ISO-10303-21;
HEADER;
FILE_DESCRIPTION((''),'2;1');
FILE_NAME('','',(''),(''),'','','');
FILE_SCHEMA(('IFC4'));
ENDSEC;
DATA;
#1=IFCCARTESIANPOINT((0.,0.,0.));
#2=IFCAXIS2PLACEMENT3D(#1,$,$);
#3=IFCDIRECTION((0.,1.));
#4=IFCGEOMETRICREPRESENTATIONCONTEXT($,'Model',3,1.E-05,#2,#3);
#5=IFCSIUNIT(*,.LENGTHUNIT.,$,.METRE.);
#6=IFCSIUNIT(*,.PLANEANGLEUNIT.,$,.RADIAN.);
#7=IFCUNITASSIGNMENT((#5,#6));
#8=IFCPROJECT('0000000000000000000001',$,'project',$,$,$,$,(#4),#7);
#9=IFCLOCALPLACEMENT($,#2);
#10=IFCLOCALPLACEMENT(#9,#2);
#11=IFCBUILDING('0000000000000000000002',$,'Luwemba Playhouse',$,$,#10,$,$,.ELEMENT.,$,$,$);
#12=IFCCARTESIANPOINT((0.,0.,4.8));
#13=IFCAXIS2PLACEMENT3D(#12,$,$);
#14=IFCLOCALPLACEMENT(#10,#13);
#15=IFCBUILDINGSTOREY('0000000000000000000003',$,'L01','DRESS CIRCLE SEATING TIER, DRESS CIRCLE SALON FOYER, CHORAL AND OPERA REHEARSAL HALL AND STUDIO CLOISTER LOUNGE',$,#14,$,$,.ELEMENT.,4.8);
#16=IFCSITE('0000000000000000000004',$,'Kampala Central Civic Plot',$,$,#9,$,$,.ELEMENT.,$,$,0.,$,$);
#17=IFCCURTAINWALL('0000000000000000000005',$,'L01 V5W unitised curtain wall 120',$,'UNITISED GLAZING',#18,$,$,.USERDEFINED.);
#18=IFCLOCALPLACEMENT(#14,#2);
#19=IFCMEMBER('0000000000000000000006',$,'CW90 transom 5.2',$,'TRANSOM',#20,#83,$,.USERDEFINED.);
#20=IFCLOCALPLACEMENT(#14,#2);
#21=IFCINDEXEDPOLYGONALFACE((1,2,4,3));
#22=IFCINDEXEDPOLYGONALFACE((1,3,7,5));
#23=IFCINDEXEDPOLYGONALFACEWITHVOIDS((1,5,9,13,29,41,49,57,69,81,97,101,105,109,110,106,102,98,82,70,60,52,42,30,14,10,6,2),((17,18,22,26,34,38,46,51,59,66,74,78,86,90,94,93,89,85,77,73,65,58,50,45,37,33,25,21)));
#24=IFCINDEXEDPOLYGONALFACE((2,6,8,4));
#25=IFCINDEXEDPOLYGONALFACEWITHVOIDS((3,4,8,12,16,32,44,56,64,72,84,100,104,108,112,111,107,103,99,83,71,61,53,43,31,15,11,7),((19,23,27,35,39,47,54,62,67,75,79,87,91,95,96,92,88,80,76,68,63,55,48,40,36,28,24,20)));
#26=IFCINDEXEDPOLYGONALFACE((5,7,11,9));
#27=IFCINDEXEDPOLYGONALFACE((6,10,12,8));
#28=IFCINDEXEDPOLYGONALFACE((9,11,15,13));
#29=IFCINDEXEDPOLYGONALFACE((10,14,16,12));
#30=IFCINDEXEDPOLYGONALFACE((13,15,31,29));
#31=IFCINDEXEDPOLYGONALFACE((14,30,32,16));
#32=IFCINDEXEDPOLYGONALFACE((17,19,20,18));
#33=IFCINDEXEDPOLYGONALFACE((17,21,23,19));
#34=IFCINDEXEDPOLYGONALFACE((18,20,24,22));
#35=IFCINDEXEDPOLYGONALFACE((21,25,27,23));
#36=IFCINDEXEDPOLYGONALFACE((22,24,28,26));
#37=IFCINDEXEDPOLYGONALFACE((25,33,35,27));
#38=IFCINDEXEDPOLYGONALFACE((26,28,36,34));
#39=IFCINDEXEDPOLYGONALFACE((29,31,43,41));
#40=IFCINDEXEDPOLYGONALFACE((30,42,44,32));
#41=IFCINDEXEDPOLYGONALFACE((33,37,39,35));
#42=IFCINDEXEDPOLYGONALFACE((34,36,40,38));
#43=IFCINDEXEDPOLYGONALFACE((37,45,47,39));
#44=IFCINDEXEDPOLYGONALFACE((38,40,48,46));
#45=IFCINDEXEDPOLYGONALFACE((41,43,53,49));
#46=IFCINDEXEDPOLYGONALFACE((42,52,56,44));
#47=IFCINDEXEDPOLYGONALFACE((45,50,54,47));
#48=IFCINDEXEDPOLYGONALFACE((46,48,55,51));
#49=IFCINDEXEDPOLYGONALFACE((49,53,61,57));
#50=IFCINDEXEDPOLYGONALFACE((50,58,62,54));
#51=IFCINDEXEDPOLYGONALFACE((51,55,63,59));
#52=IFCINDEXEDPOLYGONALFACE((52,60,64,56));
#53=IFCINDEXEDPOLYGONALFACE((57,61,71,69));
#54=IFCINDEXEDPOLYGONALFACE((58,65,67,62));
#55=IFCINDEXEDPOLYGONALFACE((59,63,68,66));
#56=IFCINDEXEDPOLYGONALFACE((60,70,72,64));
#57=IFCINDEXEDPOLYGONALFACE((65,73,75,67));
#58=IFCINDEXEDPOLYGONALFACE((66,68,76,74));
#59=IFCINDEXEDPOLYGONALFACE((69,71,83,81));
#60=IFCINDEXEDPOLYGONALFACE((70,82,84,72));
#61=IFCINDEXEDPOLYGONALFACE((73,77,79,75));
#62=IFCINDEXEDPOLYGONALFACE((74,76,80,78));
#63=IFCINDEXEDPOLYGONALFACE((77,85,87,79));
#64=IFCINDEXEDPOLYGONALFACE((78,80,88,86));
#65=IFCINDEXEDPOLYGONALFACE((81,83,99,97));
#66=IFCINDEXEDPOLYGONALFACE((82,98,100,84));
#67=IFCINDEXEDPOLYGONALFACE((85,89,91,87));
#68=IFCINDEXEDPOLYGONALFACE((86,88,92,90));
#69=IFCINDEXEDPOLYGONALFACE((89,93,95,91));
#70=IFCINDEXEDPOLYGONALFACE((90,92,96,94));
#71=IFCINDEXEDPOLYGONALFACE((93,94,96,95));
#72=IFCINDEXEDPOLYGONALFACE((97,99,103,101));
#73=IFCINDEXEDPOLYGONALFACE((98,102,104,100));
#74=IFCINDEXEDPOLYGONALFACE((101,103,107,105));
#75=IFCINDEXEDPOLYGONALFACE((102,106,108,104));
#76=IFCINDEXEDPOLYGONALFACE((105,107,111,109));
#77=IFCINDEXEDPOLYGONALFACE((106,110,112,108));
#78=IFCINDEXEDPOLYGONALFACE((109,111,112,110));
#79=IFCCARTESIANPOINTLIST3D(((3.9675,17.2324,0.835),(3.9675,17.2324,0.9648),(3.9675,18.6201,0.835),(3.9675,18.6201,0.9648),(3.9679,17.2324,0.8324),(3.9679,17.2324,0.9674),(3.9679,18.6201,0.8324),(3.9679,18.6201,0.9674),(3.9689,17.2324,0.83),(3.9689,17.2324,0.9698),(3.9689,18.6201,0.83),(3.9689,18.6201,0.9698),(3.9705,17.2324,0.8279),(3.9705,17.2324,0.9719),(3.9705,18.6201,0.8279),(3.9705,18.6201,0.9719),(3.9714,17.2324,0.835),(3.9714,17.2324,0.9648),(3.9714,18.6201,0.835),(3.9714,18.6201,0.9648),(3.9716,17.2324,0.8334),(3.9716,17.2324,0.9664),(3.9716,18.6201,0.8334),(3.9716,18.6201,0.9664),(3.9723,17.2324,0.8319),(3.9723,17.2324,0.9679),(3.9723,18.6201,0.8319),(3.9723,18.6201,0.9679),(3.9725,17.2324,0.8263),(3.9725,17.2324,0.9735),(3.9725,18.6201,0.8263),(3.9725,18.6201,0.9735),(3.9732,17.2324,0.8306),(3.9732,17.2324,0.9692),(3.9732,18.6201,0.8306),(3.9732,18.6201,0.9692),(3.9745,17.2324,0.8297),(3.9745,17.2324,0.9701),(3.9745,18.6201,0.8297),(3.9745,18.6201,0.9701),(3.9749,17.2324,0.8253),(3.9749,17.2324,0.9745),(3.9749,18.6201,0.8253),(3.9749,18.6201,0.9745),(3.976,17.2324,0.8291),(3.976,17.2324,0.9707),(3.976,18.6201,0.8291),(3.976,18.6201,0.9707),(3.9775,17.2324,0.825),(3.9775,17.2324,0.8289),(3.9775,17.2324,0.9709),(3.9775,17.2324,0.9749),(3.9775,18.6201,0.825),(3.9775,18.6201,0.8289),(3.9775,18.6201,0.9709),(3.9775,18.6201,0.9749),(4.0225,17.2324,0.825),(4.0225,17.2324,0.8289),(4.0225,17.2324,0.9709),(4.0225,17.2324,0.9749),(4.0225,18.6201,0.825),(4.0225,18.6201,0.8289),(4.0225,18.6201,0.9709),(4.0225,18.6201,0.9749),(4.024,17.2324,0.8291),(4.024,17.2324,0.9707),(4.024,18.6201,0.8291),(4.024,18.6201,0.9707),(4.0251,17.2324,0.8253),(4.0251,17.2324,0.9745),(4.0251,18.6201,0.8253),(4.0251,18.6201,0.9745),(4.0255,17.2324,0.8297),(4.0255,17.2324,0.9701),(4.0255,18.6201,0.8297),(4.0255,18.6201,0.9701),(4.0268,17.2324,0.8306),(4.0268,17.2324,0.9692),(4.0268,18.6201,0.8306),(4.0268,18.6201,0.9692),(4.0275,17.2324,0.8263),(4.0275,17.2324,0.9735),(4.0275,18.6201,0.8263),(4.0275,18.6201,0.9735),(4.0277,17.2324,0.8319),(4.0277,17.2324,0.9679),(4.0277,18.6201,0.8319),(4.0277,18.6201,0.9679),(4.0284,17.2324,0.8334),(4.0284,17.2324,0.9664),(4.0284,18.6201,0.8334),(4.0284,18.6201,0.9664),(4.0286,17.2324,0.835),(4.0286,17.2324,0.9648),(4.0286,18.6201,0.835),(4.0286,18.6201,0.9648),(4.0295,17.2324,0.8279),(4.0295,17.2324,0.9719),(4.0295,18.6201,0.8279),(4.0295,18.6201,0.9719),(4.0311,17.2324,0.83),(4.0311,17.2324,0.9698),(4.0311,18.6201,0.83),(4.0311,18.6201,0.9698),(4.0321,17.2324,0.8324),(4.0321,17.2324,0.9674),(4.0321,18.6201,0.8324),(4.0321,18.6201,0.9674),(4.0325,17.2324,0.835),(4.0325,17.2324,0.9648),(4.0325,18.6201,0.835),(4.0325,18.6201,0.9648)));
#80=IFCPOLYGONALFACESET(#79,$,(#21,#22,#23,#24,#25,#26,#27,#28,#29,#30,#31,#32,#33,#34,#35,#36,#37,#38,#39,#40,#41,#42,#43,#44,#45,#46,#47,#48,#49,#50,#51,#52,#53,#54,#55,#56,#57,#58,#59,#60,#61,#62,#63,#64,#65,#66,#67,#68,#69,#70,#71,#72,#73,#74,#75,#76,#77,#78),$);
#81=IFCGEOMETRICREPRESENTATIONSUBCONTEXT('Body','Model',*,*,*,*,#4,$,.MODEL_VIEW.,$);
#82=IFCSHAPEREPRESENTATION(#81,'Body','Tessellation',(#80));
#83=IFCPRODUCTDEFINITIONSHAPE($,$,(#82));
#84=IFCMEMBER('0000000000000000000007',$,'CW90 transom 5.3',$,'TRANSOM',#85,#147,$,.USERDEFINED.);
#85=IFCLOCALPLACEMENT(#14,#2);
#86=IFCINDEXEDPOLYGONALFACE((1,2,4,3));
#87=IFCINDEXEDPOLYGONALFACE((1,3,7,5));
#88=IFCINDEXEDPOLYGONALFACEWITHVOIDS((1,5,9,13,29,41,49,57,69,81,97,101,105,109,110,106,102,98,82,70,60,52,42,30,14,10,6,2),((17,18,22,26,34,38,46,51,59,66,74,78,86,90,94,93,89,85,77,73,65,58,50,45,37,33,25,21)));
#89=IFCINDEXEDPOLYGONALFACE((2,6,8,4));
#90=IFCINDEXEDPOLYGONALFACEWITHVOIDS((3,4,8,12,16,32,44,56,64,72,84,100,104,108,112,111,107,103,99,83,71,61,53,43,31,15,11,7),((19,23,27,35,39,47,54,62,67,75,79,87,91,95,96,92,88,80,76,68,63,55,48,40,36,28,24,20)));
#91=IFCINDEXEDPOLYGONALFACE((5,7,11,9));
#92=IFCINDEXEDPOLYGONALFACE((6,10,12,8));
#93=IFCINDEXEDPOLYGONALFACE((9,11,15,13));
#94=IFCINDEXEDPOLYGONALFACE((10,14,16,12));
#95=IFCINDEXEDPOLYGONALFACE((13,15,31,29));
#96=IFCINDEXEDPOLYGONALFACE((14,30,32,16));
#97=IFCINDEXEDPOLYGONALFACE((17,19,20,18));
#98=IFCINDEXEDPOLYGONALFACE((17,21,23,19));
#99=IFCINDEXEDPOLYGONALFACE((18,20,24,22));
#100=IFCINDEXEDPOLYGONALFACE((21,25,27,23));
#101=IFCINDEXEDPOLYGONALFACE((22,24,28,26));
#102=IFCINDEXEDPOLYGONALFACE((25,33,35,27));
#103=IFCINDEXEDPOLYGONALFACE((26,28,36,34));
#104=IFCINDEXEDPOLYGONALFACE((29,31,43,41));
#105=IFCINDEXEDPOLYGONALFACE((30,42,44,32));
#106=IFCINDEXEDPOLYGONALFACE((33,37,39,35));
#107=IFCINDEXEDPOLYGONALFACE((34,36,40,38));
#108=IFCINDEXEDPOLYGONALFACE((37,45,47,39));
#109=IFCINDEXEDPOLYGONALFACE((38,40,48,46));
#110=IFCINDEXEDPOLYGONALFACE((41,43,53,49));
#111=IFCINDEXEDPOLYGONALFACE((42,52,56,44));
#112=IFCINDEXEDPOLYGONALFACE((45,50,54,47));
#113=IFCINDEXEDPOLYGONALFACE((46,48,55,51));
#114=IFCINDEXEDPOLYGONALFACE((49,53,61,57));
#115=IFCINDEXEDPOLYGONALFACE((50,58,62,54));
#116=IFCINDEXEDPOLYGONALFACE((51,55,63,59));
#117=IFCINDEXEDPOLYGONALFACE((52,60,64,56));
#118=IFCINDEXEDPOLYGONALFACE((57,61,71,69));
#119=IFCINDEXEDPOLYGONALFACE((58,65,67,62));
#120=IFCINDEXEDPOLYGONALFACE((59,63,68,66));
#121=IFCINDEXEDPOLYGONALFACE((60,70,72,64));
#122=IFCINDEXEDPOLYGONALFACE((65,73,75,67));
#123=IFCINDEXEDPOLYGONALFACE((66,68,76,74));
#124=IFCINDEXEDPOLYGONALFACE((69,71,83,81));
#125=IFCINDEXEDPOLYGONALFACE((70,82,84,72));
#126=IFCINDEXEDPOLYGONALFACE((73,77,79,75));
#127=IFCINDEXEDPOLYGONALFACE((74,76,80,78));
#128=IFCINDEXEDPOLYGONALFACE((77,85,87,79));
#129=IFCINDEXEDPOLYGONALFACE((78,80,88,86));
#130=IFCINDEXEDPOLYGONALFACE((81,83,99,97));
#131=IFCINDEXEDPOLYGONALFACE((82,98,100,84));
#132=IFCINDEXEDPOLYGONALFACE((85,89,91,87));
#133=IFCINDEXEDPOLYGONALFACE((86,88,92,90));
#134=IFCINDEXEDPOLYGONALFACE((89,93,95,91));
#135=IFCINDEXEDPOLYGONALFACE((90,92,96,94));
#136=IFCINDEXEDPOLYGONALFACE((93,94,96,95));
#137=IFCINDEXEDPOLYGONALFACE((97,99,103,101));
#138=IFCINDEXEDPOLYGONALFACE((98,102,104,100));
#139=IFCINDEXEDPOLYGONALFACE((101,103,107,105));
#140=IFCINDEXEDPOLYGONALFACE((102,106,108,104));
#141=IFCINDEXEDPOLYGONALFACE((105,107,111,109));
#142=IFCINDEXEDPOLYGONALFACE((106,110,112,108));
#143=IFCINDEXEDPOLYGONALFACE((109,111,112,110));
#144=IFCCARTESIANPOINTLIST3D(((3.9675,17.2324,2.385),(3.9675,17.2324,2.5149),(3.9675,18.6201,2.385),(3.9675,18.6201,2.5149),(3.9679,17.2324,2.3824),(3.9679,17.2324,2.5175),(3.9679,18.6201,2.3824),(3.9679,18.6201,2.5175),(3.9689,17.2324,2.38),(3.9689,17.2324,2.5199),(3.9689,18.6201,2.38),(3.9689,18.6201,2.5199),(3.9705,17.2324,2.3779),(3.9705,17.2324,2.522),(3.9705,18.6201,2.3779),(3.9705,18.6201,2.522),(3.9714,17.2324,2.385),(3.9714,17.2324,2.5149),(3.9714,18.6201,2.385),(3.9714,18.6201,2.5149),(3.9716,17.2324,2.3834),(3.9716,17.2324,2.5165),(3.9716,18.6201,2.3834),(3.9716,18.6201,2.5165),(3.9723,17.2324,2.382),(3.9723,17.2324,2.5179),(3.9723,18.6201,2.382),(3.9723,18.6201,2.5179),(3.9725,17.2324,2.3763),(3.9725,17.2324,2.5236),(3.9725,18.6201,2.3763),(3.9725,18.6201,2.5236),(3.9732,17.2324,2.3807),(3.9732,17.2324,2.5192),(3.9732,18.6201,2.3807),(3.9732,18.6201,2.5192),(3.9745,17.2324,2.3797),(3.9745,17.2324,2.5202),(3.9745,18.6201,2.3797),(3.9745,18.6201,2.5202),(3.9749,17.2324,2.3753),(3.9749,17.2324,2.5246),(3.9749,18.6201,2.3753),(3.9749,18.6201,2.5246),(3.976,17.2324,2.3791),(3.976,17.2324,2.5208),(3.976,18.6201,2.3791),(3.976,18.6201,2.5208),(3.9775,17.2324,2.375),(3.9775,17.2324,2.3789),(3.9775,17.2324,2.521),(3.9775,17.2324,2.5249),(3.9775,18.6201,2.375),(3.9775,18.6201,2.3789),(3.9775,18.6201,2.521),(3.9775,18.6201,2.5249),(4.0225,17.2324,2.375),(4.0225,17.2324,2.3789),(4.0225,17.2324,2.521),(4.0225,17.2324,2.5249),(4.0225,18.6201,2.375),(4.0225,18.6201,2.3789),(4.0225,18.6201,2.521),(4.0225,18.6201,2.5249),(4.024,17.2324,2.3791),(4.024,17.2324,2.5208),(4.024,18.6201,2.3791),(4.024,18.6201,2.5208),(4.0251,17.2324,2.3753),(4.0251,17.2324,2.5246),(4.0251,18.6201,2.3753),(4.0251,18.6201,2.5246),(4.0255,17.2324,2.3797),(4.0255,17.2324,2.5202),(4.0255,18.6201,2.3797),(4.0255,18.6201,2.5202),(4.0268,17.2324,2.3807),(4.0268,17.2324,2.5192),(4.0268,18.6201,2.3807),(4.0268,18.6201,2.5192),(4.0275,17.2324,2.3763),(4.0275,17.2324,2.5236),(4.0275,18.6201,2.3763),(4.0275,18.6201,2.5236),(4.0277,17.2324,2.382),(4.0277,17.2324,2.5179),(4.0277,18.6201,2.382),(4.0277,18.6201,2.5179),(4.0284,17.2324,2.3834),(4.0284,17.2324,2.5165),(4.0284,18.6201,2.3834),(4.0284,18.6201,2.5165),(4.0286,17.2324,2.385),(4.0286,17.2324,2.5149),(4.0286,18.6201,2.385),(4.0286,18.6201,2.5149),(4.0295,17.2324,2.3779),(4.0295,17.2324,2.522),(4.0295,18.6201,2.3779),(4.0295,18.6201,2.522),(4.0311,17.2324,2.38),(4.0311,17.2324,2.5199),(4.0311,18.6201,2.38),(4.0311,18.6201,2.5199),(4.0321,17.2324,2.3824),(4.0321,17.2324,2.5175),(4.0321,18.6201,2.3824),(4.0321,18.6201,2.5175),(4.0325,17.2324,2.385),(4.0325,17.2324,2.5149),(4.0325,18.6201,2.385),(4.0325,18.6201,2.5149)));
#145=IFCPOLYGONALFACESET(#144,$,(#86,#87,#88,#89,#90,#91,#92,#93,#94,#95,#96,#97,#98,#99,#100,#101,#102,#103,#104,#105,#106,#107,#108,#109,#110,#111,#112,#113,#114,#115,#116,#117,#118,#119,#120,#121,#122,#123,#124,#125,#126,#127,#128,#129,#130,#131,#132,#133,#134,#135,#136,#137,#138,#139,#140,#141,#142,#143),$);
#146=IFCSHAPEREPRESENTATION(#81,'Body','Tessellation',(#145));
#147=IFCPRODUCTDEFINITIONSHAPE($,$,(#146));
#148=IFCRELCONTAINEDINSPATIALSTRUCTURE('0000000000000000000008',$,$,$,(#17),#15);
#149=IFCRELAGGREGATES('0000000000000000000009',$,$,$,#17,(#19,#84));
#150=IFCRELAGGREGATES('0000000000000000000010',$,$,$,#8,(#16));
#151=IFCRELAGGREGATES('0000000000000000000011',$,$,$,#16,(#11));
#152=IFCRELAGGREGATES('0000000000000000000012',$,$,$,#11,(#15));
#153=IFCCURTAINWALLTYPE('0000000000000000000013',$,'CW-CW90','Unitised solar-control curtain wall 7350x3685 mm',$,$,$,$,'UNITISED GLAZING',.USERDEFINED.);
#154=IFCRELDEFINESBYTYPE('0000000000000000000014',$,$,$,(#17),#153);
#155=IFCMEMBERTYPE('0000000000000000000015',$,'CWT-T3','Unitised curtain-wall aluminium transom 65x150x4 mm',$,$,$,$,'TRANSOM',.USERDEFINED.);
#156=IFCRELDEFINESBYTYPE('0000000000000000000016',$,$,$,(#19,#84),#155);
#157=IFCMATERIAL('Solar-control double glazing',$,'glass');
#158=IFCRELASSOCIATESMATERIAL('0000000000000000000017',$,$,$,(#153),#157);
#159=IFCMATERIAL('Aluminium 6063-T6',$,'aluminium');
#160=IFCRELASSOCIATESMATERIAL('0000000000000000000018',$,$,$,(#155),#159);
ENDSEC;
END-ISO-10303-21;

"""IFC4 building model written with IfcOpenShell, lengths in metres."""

from ifc_helpers import new_model, si_unit, direction, frame, origin, origin_2d, place, context, subcontext, project, spatial, hollow_rectangle, extrude, material, material_profile, profile_set, type_object, element, aggregate, save


model = new_model("IFC4")

# Units and contexts
model_context = context("Model", 3, precision=1e-05, world=origin(), true_north=direction((0.0, 1.0)))
body_context = subcontext(model_context, "Body", "Model", "MODEL_VIEW")
ifc_project = project(units=[si_unit("LENGTHUNIT", "METRE"), si_unit("PLANEANGLEUNIT", "RADIAN")], contexts=[model_context])

# Site, building, storey
site_placement = place(None, origin())
site = spatial("IfcSite", under=ifc_project, at=site_placement, Name="Kampala Central Civic Plot", CompositionType="ELEMENT", RefElevation=0.0)
building_placement = place(site_placement, origin())
building = spatial("IfcBuilding", under=site, at=building_placement, Name="Luwemba Playhouse", CompositionType="ELEMENT")
storey_placement = place(building_placement, frame((0.0, 0.0, 4.8)))
storey = spatial("IfcBuildingStorey", under=building, at=storey_placement, Name="L01", Description="DRESS CIRCLE SEATING TIER, DRESS CIRCLE SALON FOYER, CHORAL AND OPERA REHEARSAL HALL AND STUDIO CLOISTER LOUNGE", CompositionType="ELEMENT", Elevation=4.8)

# Curtain wall
ifc_material_1 = material(Name="Solar-control double glazing", Category="glass")
curtain_wall_type_1 = type_object("IfcCurtainWallType", Name="CW-CW90", Description="Unitised solar-control curtain wall 7350x3685 mm", ElementType="UNITISED GLAZING", PredefinedType="USERDEFINED", material=ifc_material_1)
curtain_wall_1_placement = place(storey_placement, origin())
curtain_wall_1 = element("IfcCurtainWall", 1, at=curtain_wall_1_placement, inside=storey, type_object=curtain_wall_type_1, Name="L01 V5W unitised curtain wall 120", ObjectType="UNITISED GLAZING", PredefinedType="USERDEFINED")
ifc_material_2 = material(Name="Aluminium 6063-T6", Category="aluminium")

# Members
ifc_material_profile_1 = material_profile(ifc_material_2, hollow_rectangle(XDim=0.0649, YDim=0.1499, WallThickness=0.0039, InnerFilletRadius=0.0061, OuterFilletRadius=0.01, at=origin_2d()))
ifc_profile_set_1 = profile_set([ifc_material_profile_1], Name="Aluminium 6063-T6")
member_type_1 = type_object("IfcMemberType", Name="CWT-T3", Description="Unitised curtain-wall aluminium transom 65x150x4 mm", ElementType="TRANSOM", PredefinedType="USERDEFINED", material=ifc_profile_set_1)
member_1_placement = place(storey_placement, frame((4.0, 17.2324, 0.8999), z_axis=(0.0, 1.0, 0.0), x_axis=(-1.0, 0.0, 0.0)))
member_1 = element("IfcMember", 2, at=member_1_placement, type_object=member_type_1, Name="CW90 transom 5.2", ObjectType="TRANSOM", PredefinedType="USERDEFINED", context=body_context, shape_type="SweptSolid", body=[
    extrude(hollow_rectangle(XDim=0.0649, YDim=0.1499, WallThickness=0.0039, InnerFilletRadius=0.0061, OuterFilletRadius=0.01, at=origin_2d()), origin(), (0.0, 0.0, 1.0), 1.3877),
])
member_2_placement = place(storey_placement, frame((4.0, 17.2324, 2.45), z_axis=(0.0, 1.0, 0.0), x_axis=(-1.0, 0.0, 0.0)))
member_2 = element("IfcMember", 3, at=member_2_placement, type_object=member_type_1, Name="CW90 transom 5.3", ObjectType="TRANSOM", PredefinedType="USERDEFINED", context=body_context, shape_type="SweptSolid", body=[
    extrude(hollow_rectangle(XDim=0.0649, YDim=0.1499, WallThickness=0.0039, InnerFilletRadius=0.0061, OuterFilletRadius=0.01, at=origin_2d()), origin(), (0.0, 0.0, 1.0), 1.3877),
])

aggregate(curtain_wall_1, [member_1, member_2])

save(model, "model.ifc")
